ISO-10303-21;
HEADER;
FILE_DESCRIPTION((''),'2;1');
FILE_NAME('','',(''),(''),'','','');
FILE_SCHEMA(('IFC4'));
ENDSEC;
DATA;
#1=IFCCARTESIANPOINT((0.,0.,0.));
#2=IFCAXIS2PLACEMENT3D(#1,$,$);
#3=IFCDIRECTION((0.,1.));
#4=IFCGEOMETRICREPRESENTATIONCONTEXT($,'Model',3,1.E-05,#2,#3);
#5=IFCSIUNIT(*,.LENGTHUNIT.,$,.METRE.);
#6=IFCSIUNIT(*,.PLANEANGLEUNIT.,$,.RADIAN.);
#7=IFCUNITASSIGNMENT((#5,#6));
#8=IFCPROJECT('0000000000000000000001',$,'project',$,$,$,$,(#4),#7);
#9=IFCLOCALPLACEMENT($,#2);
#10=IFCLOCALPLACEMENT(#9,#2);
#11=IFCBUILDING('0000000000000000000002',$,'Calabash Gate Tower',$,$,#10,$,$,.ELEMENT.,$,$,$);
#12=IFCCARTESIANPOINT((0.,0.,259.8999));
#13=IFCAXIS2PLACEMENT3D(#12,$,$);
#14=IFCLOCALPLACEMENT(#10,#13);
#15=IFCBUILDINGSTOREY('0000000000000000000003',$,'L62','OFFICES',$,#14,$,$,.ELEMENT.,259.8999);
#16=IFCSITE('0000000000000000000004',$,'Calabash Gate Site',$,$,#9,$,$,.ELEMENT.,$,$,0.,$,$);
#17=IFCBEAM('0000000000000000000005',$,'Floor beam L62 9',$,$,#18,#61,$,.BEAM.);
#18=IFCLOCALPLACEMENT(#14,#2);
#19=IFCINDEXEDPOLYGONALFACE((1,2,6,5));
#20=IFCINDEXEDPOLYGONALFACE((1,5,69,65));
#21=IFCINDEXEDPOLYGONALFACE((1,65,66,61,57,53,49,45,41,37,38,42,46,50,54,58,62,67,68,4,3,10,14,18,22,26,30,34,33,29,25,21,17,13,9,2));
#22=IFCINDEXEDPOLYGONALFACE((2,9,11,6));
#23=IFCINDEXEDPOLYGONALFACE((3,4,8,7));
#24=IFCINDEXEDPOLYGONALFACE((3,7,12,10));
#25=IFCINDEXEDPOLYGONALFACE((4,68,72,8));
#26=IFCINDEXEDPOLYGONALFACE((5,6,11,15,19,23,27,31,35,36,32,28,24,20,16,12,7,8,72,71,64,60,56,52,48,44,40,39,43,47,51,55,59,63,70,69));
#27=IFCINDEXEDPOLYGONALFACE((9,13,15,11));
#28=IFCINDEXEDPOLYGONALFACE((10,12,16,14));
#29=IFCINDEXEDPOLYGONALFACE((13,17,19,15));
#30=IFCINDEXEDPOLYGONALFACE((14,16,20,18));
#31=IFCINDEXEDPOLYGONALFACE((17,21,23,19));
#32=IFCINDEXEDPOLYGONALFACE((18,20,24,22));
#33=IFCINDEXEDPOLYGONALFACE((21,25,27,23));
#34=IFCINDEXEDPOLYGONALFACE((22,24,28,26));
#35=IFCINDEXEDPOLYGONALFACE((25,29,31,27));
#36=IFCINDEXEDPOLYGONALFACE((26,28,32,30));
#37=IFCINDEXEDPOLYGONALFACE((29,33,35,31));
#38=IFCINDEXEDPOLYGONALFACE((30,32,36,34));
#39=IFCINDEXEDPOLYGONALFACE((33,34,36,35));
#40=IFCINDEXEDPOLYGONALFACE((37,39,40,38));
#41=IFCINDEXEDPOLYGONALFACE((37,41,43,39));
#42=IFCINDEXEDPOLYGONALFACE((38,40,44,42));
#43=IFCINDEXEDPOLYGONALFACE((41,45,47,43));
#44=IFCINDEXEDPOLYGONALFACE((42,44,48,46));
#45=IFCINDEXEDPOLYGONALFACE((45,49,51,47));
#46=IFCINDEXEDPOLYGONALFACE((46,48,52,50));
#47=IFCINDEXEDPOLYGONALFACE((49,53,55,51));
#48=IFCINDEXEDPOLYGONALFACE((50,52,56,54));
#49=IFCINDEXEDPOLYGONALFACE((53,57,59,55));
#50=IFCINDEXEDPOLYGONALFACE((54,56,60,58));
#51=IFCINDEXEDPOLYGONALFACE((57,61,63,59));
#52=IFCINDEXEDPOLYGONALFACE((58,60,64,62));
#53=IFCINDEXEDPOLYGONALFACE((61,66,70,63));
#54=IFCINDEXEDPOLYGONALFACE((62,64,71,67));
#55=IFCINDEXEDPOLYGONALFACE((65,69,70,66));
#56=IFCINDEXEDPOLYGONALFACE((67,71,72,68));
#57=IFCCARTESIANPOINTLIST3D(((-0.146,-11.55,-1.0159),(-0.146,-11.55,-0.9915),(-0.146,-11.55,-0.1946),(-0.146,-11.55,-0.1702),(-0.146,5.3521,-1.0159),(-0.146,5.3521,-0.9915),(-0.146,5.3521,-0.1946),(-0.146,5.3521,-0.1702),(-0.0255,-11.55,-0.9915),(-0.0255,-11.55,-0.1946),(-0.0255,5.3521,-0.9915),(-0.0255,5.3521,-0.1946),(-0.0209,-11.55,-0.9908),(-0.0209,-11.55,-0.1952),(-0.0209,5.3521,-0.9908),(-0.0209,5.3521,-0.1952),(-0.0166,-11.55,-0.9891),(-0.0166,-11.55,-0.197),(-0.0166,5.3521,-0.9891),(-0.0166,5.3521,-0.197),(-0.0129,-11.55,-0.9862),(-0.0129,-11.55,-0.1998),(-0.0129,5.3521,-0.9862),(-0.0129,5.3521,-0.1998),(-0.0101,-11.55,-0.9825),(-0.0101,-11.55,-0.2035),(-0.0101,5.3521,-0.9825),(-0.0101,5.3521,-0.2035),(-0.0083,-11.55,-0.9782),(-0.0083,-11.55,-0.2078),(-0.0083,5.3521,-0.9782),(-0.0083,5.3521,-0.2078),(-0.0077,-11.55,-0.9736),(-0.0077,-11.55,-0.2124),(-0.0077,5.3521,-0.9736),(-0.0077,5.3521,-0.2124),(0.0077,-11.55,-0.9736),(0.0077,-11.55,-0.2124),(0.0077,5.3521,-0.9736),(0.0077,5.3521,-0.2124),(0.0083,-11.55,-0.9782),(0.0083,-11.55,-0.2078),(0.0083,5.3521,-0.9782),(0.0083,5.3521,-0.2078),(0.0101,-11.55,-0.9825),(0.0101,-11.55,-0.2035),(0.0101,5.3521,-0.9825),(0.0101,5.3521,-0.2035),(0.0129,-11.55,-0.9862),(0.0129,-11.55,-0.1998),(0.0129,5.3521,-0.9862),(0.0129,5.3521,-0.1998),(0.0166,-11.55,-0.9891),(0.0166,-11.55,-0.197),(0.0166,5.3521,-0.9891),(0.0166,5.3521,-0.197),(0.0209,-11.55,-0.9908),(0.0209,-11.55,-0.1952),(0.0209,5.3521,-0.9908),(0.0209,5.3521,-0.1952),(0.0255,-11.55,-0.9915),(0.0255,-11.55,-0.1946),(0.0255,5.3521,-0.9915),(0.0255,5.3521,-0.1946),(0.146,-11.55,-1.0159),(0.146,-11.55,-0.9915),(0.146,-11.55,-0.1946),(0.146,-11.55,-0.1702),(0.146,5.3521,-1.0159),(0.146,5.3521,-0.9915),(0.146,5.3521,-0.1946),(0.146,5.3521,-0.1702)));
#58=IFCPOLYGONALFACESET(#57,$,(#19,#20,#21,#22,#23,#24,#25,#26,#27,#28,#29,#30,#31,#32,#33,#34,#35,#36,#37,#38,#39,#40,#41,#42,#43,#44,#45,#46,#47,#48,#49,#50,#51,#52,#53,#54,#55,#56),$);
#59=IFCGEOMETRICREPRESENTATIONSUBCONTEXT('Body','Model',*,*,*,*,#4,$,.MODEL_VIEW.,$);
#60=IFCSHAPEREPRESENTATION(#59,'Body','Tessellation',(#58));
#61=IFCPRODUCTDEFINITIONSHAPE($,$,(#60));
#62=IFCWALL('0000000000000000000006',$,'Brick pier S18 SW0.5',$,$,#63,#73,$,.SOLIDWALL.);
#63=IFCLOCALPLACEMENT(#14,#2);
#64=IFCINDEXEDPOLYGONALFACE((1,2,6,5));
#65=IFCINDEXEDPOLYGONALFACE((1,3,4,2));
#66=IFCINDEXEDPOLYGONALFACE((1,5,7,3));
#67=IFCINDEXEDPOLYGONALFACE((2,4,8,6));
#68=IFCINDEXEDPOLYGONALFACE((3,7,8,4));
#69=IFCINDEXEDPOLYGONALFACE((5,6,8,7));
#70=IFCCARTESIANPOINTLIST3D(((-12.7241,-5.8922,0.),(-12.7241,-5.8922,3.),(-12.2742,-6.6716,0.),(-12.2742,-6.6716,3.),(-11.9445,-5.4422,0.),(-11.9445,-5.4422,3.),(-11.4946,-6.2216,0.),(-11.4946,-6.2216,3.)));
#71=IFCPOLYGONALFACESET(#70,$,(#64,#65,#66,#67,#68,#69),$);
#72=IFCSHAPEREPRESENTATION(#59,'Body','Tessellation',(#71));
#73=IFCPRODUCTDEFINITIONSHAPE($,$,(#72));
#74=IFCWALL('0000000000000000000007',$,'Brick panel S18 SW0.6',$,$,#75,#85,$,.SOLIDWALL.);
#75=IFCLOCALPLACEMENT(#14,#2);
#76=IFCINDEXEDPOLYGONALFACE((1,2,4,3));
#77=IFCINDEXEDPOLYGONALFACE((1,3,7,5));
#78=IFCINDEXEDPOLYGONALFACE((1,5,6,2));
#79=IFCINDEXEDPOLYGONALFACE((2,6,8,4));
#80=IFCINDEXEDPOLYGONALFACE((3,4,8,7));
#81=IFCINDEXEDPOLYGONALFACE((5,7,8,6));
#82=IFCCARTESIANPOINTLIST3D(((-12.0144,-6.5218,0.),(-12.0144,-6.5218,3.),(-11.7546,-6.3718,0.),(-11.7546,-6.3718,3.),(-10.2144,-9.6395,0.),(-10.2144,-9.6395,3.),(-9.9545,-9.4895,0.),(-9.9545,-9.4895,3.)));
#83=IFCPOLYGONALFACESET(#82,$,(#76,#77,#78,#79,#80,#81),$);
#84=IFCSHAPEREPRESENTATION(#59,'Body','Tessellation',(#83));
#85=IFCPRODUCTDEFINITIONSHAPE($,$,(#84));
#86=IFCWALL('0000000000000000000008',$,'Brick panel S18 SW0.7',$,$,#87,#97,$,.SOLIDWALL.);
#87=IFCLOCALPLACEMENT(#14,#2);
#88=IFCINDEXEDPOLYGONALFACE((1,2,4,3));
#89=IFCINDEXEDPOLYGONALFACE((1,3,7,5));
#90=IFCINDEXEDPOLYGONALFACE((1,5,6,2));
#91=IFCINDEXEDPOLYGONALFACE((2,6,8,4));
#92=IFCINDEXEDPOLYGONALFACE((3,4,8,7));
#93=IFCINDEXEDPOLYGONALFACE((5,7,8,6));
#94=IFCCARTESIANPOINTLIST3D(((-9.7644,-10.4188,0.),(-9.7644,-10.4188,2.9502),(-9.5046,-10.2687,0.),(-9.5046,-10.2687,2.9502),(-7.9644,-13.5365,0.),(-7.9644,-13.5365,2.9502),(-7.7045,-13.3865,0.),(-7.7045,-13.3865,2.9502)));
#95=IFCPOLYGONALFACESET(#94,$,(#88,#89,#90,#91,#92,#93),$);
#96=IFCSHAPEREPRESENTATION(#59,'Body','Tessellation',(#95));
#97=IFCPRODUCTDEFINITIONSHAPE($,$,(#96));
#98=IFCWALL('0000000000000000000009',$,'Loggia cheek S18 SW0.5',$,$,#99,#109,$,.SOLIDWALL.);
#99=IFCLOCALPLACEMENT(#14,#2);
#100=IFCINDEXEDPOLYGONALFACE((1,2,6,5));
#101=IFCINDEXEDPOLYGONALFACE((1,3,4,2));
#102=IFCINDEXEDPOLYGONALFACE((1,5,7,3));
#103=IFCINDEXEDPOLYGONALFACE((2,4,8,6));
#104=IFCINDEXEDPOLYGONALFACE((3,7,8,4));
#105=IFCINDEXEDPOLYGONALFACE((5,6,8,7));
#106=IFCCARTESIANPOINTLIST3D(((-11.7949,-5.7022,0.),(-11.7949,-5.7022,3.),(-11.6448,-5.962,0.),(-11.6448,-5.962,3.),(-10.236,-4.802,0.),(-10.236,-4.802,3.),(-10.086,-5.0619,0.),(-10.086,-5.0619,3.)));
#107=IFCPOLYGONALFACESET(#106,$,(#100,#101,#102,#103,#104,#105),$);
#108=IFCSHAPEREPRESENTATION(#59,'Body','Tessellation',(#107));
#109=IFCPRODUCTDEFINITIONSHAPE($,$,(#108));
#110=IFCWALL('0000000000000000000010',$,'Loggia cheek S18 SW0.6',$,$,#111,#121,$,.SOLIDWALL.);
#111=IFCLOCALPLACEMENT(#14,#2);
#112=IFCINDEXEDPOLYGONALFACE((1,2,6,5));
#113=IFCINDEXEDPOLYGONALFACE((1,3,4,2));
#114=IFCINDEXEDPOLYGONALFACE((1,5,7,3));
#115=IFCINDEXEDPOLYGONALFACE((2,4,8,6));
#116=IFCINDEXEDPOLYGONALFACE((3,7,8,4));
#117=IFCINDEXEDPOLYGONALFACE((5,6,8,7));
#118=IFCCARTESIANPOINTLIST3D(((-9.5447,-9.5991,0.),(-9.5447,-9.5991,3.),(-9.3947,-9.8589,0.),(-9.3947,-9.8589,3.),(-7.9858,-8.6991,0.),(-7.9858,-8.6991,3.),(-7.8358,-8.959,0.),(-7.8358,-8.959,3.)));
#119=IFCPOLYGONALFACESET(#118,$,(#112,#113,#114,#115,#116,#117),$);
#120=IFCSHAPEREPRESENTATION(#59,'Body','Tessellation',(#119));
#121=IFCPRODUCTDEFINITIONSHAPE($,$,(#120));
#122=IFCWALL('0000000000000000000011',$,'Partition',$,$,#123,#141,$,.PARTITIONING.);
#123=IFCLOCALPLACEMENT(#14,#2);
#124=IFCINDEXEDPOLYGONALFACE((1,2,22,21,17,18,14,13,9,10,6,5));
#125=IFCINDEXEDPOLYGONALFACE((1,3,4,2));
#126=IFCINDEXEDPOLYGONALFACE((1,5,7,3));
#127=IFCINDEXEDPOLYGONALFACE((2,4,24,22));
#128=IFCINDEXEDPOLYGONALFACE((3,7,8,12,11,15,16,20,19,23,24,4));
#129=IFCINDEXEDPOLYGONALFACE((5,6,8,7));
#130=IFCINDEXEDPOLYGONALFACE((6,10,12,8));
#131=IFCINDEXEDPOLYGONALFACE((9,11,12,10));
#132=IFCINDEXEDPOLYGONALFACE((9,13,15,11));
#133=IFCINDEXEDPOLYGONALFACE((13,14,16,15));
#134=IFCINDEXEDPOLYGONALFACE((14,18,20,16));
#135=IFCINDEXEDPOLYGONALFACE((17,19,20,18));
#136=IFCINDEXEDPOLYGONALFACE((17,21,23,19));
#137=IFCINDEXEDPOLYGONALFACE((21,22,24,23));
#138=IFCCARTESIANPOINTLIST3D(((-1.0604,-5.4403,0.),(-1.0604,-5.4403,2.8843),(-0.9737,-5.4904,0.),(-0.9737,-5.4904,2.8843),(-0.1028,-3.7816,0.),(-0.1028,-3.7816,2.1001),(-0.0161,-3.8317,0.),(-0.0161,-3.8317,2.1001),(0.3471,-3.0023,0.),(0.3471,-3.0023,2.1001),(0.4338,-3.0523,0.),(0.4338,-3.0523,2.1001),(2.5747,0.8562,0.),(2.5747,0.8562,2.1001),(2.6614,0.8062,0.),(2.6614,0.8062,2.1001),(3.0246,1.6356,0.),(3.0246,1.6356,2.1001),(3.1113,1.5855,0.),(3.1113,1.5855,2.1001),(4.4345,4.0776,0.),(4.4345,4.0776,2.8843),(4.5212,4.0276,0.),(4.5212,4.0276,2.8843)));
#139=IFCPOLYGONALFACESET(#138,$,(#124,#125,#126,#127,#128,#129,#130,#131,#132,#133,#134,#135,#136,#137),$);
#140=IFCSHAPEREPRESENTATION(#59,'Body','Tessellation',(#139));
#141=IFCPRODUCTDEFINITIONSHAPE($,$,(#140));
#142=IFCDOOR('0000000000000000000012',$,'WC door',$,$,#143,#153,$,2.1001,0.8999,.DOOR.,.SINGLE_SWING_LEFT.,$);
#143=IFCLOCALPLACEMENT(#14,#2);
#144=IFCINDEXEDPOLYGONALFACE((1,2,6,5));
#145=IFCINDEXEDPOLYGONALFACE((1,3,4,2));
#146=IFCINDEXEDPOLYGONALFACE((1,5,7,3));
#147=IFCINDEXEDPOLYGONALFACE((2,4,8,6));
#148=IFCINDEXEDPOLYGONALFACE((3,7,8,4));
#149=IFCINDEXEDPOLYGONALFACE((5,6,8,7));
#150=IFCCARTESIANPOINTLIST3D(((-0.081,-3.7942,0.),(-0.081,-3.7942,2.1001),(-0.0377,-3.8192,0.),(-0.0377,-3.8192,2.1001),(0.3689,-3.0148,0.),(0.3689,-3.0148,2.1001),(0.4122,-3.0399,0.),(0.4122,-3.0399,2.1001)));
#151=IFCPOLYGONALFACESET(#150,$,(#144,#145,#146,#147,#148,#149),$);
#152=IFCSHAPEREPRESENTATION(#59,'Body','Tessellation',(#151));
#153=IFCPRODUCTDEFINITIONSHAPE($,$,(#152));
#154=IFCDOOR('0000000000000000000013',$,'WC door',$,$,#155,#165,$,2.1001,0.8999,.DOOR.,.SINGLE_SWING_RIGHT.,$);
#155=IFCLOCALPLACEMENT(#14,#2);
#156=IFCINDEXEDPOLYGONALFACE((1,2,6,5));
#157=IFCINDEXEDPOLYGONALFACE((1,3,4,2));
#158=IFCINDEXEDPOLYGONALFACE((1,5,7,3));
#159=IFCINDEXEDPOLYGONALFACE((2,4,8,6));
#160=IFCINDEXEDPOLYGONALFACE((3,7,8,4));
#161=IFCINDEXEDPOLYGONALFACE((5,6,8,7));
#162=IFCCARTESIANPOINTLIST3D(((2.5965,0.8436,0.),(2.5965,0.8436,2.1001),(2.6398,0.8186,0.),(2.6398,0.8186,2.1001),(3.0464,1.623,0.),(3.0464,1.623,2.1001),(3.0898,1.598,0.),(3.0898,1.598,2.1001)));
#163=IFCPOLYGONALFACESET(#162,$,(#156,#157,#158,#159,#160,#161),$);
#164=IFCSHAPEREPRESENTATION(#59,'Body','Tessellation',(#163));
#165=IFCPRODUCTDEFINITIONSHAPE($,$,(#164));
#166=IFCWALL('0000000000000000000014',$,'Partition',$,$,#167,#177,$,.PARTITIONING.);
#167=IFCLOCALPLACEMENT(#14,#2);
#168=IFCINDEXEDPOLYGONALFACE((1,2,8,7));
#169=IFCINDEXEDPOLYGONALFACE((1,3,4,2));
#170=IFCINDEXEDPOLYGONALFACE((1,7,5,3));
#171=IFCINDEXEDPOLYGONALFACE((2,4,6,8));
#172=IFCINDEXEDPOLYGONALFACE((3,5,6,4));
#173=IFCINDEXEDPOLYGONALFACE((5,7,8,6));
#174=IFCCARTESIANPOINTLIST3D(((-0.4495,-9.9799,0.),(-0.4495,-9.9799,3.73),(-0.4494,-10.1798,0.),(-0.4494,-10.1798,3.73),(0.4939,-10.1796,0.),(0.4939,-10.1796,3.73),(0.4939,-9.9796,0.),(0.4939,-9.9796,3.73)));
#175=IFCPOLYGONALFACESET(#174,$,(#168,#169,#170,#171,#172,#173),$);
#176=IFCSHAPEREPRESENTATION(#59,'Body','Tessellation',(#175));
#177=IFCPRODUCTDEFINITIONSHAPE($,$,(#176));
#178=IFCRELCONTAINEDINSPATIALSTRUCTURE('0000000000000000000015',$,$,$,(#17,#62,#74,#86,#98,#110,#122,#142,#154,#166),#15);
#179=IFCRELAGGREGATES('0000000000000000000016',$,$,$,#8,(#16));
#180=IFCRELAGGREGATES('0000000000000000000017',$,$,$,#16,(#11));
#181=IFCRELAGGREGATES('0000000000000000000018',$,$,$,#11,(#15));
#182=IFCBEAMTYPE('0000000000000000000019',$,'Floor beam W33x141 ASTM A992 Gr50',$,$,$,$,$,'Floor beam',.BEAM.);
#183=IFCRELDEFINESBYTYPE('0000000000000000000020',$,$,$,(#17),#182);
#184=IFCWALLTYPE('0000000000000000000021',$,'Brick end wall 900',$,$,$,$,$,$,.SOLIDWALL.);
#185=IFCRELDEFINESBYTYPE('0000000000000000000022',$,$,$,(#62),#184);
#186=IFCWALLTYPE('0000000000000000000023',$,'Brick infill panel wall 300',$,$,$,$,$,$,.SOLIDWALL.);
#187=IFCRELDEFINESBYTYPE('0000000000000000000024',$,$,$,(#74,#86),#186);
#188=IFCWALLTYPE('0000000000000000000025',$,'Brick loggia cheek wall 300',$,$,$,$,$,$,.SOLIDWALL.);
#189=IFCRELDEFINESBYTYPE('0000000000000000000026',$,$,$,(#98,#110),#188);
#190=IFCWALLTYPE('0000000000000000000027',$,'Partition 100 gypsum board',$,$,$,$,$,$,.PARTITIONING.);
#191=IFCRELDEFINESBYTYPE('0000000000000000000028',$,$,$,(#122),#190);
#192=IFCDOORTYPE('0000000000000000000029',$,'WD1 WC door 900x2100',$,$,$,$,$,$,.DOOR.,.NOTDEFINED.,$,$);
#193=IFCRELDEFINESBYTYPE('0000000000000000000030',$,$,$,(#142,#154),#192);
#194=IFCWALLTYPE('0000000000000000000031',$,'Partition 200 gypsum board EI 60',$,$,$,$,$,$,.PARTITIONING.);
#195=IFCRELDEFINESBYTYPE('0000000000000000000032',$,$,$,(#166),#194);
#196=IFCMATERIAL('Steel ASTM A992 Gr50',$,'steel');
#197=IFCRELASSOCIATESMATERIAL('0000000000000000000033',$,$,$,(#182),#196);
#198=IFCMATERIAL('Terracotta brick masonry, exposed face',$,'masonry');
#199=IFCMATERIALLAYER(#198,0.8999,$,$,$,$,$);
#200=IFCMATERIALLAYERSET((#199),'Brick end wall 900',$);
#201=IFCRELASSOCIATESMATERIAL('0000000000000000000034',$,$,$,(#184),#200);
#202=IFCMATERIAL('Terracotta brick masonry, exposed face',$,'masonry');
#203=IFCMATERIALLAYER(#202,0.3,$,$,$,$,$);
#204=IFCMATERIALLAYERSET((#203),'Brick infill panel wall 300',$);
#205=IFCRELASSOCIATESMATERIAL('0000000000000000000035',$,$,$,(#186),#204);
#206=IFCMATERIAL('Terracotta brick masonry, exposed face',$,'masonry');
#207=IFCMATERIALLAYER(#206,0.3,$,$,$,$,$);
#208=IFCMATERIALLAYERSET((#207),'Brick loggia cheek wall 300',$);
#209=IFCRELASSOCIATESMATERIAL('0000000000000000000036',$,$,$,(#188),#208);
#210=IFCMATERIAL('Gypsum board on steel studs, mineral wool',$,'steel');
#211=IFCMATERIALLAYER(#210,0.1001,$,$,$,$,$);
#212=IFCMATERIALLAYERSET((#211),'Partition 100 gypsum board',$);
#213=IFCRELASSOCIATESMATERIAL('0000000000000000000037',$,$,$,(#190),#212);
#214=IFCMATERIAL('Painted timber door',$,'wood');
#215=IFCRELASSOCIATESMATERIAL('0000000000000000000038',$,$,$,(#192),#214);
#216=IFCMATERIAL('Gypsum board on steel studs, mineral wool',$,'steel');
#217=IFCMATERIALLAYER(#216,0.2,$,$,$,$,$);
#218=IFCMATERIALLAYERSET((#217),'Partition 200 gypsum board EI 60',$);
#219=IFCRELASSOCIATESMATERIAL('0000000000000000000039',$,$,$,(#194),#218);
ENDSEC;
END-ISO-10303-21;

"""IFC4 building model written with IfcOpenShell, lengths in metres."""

from ifc_helpers import new_model, si_unit, direction, frame, frame_2d, origin, origin_2d, place, context, subcontext, project, spatial, rectangle, i_section, extrude, material, layer, layer_set, material_profile, profile_set, type_object, element, fill, save


model = new_model("IFC4")

# Units and contexts
model_context = context("Model", 3, precision=1e-05, world=origin(), true_north=direction((0.0, 1.0)))
body_context = subcontext(model_context, "Body", "Model", "MODEL_VIEW")
ifc_project = project(units=[si_unit("LENGTHUNIT", "METRE"), si_unit("PLANEANGLEUNIT", "RADIAN")], contexts=[model_context])

# Site, building, storey
site_placement = place(None, origin())
site = spatial("IfcSite", under=ifc_project, at=site_placement, Name="Calabash Gate Site", CompositionType="ELEMENT", RefElevation=0.0)
building_placement = place(site_placement, origin())
building = spatial("IfcBuilding", under=site, at=building_placement, Name="Calabash Gate Tower", CompositionType="ELEMENT")
storey_placement = place(building_placement, frame((0.0, 0.0, 259.8999)))
storey = spatial("IfcBuildingStorey", under=building, at=storey_placement, Name="L62", Description="OFFICES", CompositionType="ELEMENT", Elevation=259.8999)

# Beam
ifc_material_1 = material(Name="Steel ASTM A992 Gr50", Category="steel")
ifc_material_profile_1 = material_profile(ifc_material_1, i_section(OverallWidth=0.292, OverallDepth=0.8457, WebThickness=0.0154, FlangeThickness=0.0244, FilletRadius=0.0178, at=origin_2d()))
ifc_profile_set_1 = profile_set([ifc_material_profile_1], Name="Steel ASTM A992 Gr50")
beam_type_1 = type_object("IfcBeamType", Name="Floor beam W33x141 ASTM A992 Gr50", ElementType="Floor beam", PredefinedType="BEAM", material=ifc_profile_set_1)
beam_1_placement = place(storey_placement, frame((0.0, -11.55, -0.593), z_axis=(0.0, 1.0, 0.0), x_axis=(-1.0, 0.0, 0.0)))
element("IfcBeam", 1, at=beam_1_placement, inside=storey, type_object=beam_type_1, Name="Floor beam L62 9", PredefinedType="BEAM", context=body_context, shape_type="SweptSolid", body=[
    extrude(i_section(OverallWidth=0.292, OverallDepth=0.8457, WebThickness=0.0154, FlangeThickness=0.0244, FilletRadius=0.0178, at=origin_2d()), origin(), (0.0, 0.0, 1.0), 16.9021),
])

# Walls
ifc_material_2 = material(Name="Terracotta brick masonry, exposed face", Category="masonry")
ifc_layer_1 = layer(ifc_material_2, 0.8999)
ifc_layer_set_1 = layer_set([ifc_layer_1], Name="Brick end wall 900")
wall_type_1 = type_object("IfcWallType", Name="Brick end wall 900", PredefinedType="SOLIDWALL", material=ifc_layer_set_1)
wall_1_placement = place(storey_placement, frame((-12.4993, -6.282, 0.0), z_axis=(0.0, 0.0, 1.0), x_axis=(0.866082, 0.499902, 0.0)))
element("IfcWall", 2, at=wall_1_placement, inside=storey, type_object=wall_type_1, Name="Brick pier S18 SW0.5", PredefinedType="SOLIDWALL", context=body_context, shape_type="SweptSolid", body=[
    extrude(rectangle(XDim=0.9001, YDim=0.8999, at=frame_2d((0.4502, 0.0))), origin(), (0.0, 0.0, 1.0), 3.0),
])
ifc_material_3 = material(Name="Terracotta brick masonry, exposed face", Category="masonry")
ifc_layer_2 = layer(ifc_material_3, 0.3)
ifc_layer_set_2 = layer_set([ifc_layer_2], Name="Brick infill panel wall 300")
wall_type_2 = type_object("IfcWallType", Name="Brick infill panel wall 300", PredefinedType="SOLIDWALL", material=ifc_layer_set_2)
wall_2_placement = place(storey_placement, frame((-11.8845, -6.4468, 0.0), z_axis=(0.0, 0.0, 1.0), x_axis=(0.500012, -0.866018, 0.0)))
element("IfcWall", 3, at=wall_2_placement, inside=storey, type_object=wall_type_2, Name="Brick panel S18 SW0.6", PredefinedType="SOLIDWALL", context=body_context, shape_type="SweptSolid", body=[
    extrude(rectangle(XDim=3.6001, YDim=0.3, at=frame_2d((1.8, 0.0))), origin(), (0.0, 0.0, 1.0), 3.0),
])
wall_3_placement = place(storey_placement, frame((-9.6345, -10.3438, 0.0), z_axis=(0.0, 0.0, 1.0), x_axis=(0.500012, -0.866018, 0.0)))
element("IfcWall", 4, at=wall_3_placement, inside=storey, type_object=wall_type_2, Name="Brick panel S18 SW0.7", PredefinedType="SOLIDWALL", context=body_context, shape_type="SweptSolid", body=[
    extrude(rectangle(XDim=3.6001, YDim=0.3, at=frame_2d((1.8, 0.0))), origin(), (0.0, 0.0, 1.0), 2.9502),
])
ifc_material_4 = material(Name="Terracotta brick masonry, exposed face", Category="masonry")
ifc_layer_3 = layer(ifc_material_4, 0.3)
ifc_layer_set_3 = layer_set([ifc_layer_3], Name="Brick loggia cheek wall 300")
wall_type_3 = type_object("IfcWallType", Name="Brick loggia cheek wall 300", PredefinedType="SOLIDWALL", material=ifc_layer_set_3)
for number, where, z_axis, x_axis, name in (
    (5, (-11.7197, -5.832, 0.0), (0.0, 0.0, 1.0), (0.865989, 0.500063, 0.0), "Loggia cheek S18 SW0.5"),
    (6, (-7.9109, -8.8291, 0.0), (0.0, 0.0, 1.0), (-0.866048, -0.499961, 0.0), "Loggia cheek S18 SW0.6"),
):
    element("IfcWall", number, at=place(storey_placement, frame(where, z_axis=z_axis, x_axis=x_axis)), inside=storey, type_object=wall_type_3, Name=name, PredefinedType="SOLIDWALL", context=body_context, shape_type="SweptSolid", body=[
        extrude(rectangle(XDim=1.8, YDim=0.3, at=frame_2d((0.8999, 0.0))), origin(), (0.0, 0.0, 1.0), 3.0),
    ])

# Wall, openings, doors
ifc_material_5 = material(Name="Gypsum board on steel studs, mineral wool", Category="steel")
ifc_layer_4 = layer(ifc_material_5, 0.1001)
ifc_layer_set_4 = layer_set([ifc_layer_4], Name="Partition 100 gypsum board")
wall_type_4 = type_object("IfcWallType", Name="Partition 100 gypsum board", PredefinedType="PARTITIONING", material=ifc_layer_set_4)
wall_4_placement = place(storey_placement, frame((-1.0171, -5.4653, 0.0), z_axis=(0.0, 0.0, 1.0), x_axis=(0.499983, 0.866035, 0.0)))
wall_4 = element("IfcWall", 7, at=wall_4_placement, inside=storey, type_object=wall_type_4, Name="Partition", PredefinedType="PARTITIONING", context=body_context, shape_type="SweptSolid", body=[
    extrude(rectangle(XDim=10.9902, YDim=0.1001, at=frame_2d((5.4951, 0.0))), origin(), (0.0, 0.0, 1.0), 2.8843),
])
opening_1_placement = place(wall_4_placement, frame((1.9153, 0.0, 0.0)))
opening_1 = element("IfcOpeningElement", 8, at=opening_1_placement, cuts=wall_4, PredefinedType="OPENING", context=body_context, shape_type="SweptSolid", body=[
    extrude(rectangle(XDim=0.8999, YDim=2.1001, at=frame_2d((0.45, 1.05))), frame((0.0, 0.0601, 0.0), z_axis=(0.0, -1.0, 0.0), x_axis=(1.0, 0.0, 0.0)), (0.0, 0.0, 1.0), 0.1201),
])
opening_2_placement = place(wall_4_placement, frame((7.2705, 0.0, 0.0)))
opening_2 = element("IfcOpeningElement", 9, at=opening_2_placement, cuts=wall_4, PredefinedType="OPENING", context=body_context, shape_type="SweptSolid", body=[
    extrude(rectangle(XDim=0.8999, YDim=2.1001, at=frame_2d((0.45, 1.05))), frame((0.0, 0.0601, 0.0), z_axis=(0.0, -1.0, 0.0), x_axis=(1.0, 0.0, 0.0)), (0.0, 0.0, 1.0), 0.1201),
])
ifc_material_6 = material(Name="Painted timber door", Category="wood")
door_type = type_object("IfcDoorType", Name="WD1 WC door 900x2100", OperationType="NOTDEFINED", PredefinedType="DOOR", material=ifc_material_6)
door_1_placement = place(opening_1_placement, origin())
door_1 = element("IfcDoor", 10, at=door_1_placement, inside=storey, type_object=door_type, Name="WC door", OperationType="SINGLE_SWING_LEFT", OverallHeight=2.1001, OverallWidth=0.8999, PredefinedType="DOOR", context=body_context, shape_type="SweptSolid", body=[
    extrude(rectangle(XDim=0.8999, YDim=2.1001, at=frame_2d((0.45, 1.05))), frame((0.0, 0.0249, 0.0), z_axis=(0.0, -1.0, 0.0), x_axis=(1.0, 0.0, 0.0)), (0.0, 0.0, 1.0), 0.05),
])
fill(opening_1, door_1)
door_2_placement = place(opening_2_placement, origin())
door_2 = element("IfcDoor", 11, at=door_2_placement, inside=storey, type_object=door_type, Name="WC door", OperationType="SINGLE_SWING_RIGHT", OverallHeight=2.1001, OverallWidth=0.8999, PredefinedType="DOOR", context=body_context, shape_type="SweptSolid", body=[
    extrude(rectangle(XDim=0.8999, YDim=2.1001, at=frame_2d((0.45, 1.05))), frame((0.0, 0.0249, 0.0), z_axis=(0.0, -1.0, 0.0), x_axis=(1.0, 0.0, 0.0)), (0.0, 0.0, 1.0), 0.05),
])
fill(opening_2, door_2)

# Wall
ifc_material_7 = material(Name="Gypsum board on steel studs, mineral wool", Category="steel")
ifc_layer_5 = layer(ifc_material_7, 0.2)
ifc_layer_set_5 = layer_set([ifc_layer_5], Name="Partition 200 gypsum board EI 60")
wall_type_5 = type_object("IfcWallType", Name="Partition 200 gypsum board EI 60", PredefinedType="PARTITIONING", material=ifc_layer_set_5)
wall_5_placement = place(storey_placement, frame((-0.4495, -10.0798, 0.0), z_axis=(0.0, 0.0, 1.0), x_axis=(1.0, 0.000259, 0.0)))
element("IfcWall", 12, at=wall_5_placement, inside=storey, type_object=wall_type_5, Name="Partition", PredefinedType="PARTITIONING", context=body_context, shape_type="SweptSolid", body=[
    extrude(rectangle(XDim=0.9434, YDim=0.2, at=frame_2d((0.4717, 0.0))), origin(), (0.0, 0.0, 1.0), 3.73),
])

save(model, "model.ifc")
